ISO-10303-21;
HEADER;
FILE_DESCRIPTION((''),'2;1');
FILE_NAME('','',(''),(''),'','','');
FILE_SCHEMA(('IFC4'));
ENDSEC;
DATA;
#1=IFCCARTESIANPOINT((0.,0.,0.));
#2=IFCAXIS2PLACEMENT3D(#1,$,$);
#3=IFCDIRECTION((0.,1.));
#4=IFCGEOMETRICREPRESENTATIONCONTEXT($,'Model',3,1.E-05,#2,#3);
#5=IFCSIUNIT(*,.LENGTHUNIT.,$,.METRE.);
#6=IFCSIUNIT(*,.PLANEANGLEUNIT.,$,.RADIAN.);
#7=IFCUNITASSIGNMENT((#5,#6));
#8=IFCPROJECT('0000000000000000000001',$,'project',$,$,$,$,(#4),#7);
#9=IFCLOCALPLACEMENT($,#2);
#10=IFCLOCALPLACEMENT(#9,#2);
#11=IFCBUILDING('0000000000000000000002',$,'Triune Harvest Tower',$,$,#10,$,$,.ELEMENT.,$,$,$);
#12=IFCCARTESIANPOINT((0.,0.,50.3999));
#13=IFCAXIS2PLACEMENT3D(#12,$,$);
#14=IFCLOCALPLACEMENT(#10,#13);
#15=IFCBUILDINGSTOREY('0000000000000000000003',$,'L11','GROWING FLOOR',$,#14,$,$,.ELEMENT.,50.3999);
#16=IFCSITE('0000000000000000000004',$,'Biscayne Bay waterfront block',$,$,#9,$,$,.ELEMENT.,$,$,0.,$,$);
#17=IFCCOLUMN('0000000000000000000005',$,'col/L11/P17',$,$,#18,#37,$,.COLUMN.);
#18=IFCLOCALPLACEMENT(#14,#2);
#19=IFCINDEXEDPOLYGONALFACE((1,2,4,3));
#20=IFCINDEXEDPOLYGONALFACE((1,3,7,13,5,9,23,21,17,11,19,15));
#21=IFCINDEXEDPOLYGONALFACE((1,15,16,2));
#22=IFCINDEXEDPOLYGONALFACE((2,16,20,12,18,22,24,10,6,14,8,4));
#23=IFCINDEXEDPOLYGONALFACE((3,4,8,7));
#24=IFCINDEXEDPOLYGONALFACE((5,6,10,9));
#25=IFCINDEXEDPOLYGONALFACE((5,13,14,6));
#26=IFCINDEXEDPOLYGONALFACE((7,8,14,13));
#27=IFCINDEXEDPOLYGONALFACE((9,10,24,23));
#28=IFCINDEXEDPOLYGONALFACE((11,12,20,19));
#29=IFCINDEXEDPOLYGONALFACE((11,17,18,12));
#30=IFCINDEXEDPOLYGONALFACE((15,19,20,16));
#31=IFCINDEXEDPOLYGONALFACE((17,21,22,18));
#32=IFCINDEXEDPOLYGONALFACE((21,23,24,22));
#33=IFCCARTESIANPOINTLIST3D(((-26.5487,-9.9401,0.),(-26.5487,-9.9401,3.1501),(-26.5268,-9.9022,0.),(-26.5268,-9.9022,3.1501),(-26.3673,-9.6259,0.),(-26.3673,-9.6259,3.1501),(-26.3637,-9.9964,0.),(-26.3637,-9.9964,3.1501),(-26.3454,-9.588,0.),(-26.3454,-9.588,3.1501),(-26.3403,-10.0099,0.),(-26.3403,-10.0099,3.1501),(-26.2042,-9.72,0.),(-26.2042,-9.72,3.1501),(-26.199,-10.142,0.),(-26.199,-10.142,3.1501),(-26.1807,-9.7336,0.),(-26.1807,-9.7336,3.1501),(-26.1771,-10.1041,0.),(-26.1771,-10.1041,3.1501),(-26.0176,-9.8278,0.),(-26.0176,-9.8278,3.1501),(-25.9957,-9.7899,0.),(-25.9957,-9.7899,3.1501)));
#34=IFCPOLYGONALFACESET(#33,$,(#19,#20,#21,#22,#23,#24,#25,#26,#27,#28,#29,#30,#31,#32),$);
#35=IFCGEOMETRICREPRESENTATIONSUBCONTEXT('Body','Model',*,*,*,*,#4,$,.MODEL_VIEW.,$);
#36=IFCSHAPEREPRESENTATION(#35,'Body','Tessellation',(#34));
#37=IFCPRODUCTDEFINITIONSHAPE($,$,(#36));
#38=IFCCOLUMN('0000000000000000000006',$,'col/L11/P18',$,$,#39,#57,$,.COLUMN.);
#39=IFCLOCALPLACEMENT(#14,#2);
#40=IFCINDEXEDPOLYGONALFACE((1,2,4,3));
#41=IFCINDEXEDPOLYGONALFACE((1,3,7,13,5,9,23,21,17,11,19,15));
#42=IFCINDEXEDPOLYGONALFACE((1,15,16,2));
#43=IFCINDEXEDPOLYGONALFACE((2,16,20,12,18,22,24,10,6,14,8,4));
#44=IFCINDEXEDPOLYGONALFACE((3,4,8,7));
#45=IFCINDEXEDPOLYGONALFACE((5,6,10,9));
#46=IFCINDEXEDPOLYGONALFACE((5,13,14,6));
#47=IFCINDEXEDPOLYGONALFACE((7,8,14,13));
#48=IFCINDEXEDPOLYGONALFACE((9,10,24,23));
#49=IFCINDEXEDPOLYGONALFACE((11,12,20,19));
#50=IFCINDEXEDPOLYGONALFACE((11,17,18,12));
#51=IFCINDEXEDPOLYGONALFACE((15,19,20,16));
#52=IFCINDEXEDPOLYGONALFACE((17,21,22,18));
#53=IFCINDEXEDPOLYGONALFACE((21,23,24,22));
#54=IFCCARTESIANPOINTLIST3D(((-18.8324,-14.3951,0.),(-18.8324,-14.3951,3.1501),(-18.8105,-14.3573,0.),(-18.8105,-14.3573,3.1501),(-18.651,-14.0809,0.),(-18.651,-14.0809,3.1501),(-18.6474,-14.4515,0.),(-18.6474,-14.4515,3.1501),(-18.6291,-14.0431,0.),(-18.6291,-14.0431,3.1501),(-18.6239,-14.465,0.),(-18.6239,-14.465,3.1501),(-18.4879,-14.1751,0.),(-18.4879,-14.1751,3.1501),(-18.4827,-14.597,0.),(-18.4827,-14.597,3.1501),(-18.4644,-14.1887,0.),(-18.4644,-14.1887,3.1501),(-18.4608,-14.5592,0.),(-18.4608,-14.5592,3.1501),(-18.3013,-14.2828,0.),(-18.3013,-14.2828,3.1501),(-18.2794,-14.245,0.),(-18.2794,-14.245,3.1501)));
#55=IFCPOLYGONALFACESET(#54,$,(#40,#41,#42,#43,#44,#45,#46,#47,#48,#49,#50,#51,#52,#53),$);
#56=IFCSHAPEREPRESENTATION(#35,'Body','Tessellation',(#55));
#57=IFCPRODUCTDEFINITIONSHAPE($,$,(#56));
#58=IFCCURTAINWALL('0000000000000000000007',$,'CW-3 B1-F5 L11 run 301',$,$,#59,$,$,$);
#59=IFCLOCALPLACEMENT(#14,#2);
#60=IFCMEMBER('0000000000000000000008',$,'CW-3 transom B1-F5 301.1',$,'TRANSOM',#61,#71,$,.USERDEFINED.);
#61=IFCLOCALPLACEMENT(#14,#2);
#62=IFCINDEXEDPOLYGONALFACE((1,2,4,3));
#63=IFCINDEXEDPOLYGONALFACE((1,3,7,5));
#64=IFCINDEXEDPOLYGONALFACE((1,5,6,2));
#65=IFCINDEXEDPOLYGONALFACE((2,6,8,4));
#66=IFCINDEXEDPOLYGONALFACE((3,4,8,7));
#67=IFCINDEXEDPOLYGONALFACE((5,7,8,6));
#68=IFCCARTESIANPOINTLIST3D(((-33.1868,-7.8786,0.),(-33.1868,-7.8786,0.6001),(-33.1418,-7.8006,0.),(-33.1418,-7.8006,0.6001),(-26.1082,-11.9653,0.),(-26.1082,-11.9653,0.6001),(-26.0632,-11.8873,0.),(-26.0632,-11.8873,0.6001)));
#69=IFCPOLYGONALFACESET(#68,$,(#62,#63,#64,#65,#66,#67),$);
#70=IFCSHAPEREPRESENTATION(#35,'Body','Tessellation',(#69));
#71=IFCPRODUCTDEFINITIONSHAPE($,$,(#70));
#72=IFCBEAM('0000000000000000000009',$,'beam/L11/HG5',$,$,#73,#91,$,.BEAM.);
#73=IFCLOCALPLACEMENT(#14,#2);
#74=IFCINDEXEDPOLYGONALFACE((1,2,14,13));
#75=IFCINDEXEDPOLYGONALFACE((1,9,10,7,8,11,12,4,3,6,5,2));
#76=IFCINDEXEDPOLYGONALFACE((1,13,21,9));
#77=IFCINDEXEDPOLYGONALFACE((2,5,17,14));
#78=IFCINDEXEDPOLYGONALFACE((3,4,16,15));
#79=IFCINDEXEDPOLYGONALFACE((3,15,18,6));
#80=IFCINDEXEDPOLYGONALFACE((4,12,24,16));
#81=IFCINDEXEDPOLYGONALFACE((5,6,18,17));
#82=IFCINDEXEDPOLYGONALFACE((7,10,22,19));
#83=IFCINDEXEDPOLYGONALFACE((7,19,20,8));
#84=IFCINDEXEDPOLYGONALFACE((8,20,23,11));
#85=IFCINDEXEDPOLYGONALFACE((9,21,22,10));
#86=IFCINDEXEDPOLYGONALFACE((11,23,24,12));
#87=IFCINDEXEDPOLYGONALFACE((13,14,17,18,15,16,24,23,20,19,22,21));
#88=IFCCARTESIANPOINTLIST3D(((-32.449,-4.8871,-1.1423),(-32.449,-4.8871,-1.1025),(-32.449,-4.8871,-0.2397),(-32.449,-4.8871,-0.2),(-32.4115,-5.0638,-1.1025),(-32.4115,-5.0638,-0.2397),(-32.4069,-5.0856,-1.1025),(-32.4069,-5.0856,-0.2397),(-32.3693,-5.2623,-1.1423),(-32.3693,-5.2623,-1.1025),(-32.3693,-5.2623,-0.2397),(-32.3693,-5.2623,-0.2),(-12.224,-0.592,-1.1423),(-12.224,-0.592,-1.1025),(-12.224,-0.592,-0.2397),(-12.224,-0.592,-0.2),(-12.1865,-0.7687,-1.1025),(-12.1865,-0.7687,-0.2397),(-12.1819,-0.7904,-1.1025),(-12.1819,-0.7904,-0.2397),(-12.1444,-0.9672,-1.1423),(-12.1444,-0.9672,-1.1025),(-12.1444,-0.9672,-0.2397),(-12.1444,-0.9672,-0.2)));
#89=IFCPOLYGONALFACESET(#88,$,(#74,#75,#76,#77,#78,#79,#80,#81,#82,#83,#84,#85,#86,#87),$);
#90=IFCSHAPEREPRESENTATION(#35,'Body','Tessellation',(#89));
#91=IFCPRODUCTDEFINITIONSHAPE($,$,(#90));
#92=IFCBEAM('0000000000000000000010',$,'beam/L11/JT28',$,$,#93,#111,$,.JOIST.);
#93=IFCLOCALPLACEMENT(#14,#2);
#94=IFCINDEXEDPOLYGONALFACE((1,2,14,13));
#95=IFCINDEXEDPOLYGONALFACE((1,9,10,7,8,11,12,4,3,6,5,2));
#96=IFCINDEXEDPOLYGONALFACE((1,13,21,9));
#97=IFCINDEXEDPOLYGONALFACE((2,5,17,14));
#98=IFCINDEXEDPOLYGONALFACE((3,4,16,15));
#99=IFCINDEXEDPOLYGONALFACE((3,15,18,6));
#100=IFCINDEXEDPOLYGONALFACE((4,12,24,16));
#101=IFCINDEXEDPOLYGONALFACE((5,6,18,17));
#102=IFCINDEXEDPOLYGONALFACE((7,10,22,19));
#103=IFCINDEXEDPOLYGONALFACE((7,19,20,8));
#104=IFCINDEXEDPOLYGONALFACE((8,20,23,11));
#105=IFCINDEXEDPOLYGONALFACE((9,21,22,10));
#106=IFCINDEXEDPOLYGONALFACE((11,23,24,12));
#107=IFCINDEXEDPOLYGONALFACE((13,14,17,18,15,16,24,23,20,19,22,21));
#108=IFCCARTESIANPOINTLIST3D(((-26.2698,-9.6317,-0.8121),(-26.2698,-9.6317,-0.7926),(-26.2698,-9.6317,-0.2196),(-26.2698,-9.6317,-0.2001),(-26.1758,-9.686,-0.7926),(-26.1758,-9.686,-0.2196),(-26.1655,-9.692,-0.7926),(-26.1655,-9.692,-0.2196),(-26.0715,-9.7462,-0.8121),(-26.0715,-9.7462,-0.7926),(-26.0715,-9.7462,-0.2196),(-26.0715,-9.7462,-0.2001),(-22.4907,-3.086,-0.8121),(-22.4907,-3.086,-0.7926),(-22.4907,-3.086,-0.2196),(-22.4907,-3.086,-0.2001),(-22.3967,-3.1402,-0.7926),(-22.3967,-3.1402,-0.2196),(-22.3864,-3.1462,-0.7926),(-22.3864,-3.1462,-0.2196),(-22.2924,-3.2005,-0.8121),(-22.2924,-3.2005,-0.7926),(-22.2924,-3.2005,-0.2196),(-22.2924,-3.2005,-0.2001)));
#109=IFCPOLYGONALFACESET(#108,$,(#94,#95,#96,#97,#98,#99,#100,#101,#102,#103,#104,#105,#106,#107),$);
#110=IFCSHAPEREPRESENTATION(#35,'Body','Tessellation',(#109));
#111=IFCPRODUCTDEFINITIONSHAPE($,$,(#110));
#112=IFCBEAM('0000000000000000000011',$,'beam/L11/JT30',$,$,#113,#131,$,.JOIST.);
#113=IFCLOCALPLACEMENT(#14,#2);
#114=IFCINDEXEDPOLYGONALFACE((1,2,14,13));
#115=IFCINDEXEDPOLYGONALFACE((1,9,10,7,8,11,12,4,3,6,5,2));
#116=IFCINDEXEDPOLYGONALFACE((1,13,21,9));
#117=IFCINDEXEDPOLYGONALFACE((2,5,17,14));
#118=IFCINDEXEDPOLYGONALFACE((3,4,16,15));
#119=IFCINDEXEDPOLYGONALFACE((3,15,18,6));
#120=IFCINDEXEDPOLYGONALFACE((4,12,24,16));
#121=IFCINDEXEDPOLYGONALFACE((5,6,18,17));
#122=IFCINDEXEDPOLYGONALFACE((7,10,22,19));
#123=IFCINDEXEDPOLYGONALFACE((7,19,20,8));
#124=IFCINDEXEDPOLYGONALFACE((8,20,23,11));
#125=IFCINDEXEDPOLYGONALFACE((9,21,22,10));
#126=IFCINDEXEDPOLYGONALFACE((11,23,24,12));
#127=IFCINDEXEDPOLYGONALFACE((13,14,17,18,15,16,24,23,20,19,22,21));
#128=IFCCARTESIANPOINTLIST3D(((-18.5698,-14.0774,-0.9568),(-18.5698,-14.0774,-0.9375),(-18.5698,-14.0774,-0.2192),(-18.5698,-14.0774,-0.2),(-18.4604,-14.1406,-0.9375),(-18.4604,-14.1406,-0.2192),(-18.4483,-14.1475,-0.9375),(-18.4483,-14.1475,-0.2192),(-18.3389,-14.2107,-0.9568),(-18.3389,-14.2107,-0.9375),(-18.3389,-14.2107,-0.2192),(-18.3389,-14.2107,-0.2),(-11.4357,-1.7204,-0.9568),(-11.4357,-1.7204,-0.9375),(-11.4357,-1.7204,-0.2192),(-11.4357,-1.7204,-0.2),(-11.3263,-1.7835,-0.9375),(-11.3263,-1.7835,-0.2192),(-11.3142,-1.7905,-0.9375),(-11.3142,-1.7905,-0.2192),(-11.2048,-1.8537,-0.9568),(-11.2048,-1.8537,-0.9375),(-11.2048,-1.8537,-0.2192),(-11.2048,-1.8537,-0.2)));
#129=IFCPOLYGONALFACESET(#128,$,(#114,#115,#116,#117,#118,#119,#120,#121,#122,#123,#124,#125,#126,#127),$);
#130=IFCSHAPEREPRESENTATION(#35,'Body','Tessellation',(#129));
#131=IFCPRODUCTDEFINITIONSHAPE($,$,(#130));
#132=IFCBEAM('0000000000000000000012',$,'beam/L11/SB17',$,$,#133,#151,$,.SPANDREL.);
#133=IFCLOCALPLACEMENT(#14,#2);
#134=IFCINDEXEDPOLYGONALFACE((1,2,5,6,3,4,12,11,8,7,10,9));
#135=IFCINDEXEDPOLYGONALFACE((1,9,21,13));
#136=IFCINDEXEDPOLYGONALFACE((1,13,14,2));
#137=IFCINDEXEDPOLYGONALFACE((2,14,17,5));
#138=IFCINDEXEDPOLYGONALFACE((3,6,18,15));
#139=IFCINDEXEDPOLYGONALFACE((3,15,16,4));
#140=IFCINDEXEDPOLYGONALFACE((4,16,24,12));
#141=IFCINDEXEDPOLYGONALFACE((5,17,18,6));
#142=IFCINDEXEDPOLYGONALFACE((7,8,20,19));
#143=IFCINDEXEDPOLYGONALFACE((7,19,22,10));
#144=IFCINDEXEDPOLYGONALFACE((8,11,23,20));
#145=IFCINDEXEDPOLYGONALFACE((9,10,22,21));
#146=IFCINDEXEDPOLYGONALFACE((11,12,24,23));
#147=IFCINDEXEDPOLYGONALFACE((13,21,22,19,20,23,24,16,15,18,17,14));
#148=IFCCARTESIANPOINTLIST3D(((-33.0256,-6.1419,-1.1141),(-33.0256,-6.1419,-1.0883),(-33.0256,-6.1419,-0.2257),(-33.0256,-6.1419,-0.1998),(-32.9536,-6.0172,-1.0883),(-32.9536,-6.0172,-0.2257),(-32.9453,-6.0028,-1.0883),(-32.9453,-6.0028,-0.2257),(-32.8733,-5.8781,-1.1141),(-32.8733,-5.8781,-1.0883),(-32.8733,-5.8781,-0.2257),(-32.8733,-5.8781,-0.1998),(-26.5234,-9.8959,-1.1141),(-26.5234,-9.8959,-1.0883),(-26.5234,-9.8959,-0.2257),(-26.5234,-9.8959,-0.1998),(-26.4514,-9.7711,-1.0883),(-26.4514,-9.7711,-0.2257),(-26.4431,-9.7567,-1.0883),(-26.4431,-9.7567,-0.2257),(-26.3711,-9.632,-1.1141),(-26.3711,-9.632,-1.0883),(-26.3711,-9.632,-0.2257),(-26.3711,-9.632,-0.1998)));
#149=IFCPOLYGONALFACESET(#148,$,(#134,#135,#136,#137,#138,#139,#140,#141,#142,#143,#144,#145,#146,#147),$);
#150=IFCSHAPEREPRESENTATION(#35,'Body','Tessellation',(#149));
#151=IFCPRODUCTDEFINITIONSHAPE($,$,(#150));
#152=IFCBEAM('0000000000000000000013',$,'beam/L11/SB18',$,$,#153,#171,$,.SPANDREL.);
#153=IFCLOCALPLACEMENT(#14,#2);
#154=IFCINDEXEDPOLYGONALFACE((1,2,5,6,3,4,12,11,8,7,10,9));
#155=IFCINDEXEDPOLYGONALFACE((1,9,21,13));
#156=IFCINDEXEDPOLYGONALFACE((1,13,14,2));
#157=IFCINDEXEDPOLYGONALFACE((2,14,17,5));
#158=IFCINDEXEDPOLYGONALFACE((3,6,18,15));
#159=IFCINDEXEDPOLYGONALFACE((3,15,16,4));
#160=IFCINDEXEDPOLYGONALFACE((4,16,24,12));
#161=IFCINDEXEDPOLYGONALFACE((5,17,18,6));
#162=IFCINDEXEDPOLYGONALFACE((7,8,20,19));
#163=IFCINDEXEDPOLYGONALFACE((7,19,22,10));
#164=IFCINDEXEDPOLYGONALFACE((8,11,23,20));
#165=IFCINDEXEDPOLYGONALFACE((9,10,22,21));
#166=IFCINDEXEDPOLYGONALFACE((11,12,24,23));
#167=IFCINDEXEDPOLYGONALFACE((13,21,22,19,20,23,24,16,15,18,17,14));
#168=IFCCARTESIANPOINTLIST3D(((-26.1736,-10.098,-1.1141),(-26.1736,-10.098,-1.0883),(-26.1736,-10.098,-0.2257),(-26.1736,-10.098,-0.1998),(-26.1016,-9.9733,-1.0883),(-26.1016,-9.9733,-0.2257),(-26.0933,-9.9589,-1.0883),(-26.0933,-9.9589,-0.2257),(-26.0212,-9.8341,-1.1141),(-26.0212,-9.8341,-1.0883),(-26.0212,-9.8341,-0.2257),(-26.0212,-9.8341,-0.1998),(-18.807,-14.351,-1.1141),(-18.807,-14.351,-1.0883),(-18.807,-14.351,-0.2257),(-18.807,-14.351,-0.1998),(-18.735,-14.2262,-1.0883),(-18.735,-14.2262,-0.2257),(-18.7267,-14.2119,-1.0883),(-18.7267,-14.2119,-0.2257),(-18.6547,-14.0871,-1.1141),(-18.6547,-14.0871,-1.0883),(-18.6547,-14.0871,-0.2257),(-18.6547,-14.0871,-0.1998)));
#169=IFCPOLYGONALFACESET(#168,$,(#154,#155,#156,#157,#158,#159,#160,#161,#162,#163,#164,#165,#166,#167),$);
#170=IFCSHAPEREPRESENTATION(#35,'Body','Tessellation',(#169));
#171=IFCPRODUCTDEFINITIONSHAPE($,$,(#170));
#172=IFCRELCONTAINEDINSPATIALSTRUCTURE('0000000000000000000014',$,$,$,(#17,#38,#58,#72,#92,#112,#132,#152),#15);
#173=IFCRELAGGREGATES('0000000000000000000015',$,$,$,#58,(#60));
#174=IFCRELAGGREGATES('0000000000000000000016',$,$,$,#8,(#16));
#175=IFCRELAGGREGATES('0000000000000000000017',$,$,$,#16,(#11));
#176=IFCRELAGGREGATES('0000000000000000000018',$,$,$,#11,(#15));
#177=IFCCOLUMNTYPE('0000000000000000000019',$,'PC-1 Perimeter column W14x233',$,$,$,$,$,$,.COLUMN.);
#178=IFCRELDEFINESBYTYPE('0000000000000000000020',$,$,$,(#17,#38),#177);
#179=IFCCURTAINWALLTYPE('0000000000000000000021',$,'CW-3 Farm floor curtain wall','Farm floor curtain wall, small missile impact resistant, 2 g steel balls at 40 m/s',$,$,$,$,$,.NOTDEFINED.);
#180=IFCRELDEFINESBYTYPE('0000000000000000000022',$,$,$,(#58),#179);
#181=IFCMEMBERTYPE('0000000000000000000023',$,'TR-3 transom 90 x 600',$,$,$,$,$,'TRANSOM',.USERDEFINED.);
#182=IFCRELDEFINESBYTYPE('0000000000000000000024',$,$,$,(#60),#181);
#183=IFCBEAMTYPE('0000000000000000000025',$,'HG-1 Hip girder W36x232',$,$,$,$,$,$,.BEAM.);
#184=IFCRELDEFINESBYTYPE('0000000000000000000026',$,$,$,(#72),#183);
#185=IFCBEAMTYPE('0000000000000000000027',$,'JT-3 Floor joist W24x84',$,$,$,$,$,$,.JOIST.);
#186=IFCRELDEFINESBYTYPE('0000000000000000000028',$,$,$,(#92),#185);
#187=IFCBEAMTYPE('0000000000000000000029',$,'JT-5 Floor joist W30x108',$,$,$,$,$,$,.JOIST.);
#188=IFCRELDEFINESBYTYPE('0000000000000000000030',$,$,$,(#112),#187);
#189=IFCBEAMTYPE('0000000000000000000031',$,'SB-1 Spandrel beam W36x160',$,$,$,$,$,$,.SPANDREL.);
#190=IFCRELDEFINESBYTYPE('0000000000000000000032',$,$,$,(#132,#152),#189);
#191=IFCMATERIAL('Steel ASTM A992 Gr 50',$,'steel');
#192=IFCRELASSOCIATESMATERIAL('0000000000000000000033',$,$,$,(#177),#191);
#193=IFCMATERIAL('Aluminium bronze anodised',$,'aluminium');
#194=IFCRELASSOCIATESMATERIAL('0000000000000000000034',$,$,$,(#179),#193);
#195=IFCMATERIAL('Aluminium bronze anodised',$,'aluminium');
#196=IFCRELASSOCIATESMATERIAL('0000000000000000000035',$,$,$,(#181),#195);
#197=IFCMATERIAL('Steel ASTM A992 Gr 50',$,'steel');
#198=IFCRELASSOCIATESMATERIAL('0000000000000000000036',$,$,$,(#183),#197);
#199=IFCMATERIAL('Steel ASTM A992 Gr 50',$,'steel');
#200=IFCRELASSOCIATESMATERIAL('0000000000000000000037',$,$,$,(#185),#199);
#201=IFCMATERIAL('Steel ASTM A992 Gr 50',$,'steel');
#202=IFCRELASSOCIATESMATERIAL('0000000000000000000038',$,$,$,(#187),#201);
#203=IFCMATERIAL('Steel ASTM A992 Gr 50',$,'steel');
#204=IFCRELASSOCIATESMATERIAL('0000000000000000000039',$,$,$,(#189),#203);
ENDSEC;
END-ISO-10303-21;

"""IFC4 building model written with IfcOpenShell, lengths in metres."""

from ifc_helpers import new_model, si_unit, direction, frame, origin, origin_2d, place, context, subcontext, project, spatial, rectangle, i_section, extrude, source, transform, mapped, material, material_profile, profile_set, type_object, element, aggregate, save


model = new_model("IFC4")

# Units and contexts
model_context = context("Model", 3, precision=1e-05, world=origin(), true_north=direction((0.0, 1.0)))
body_context = subcontext(model_context, "Body", "Model", "MODEL_VIEW")
ifc_project = project(units=[si_unit("LENGTHUNIT", "METRE"), si_unit("PLANEANGLEUNIT", "RADIAN")], contexts=[model_context])

# Site, building, storey
site_placement = place(None, origin())
site = spatial("IfcSite", under=ifc_project, at=site_placement, Name="Biscayne Bay waterfront block", CompositionType="ELEMENT", RefElevation=0.0)
building_placement = place(site_placement, origin())
building = spatial("IfcBuilding", under=site, at=building_placement, Name="Triune Harvest Tower", CompositionType="ELEMENT")
storey_placement = place(building_placement, frame((0.0, 0.0, 50.3999)))
storey = spatial("IfcBuildingStorey", under=building, at=storey_placement, Name="L11", Description="GROWING FLOOR", CompositionType="ELEMENT", Elevation=50.3999)

# Columns
ifc_material_1 = material(Name="Steel ASTM A992 Gr 50", Category="steel")
ifc_material_profile_1 = material_profile(ifc_material_1, i_section(OverallWidth=0.4038, OverallDepth=0.4065, WebThickness=0.0271, FlangeThickness=0.0437, at=origin_2d()), Name="W14x233")
ifc_profile_set_1 = profile_set([ifc_material_profile_1], Name="Steel ASTM A992 Gr 50")
column_type = type_object("IfcColumnType", Name="PC-1 Perimeter column W14x233", PredefinedType="COLUMN", material=ifc_profile_set_1)
shared_shape_1 = source(origin(), body_context, "Body", "SweptSolid", [
    extrude(i_section(OverallWidth=0.4038, OverallDepth=0.4065, WebThickness=0.0271, FlangeThickness=0.0437, at=origin_2d()), origin(), (0.0, 0.0, 1.0), 3.1501),
])
for number, where, z_axis, x_axis, name in (
    (1, (-26.2722, -9.865, 0.0), (0.0, 0.0, 1.0), (0.866025, -0.5, 0.0), "col/L11/P17"),
    (2, (-18.5559, -14.3201, 0.0), (0.0, 0.0, 1.0), (0.866025, -0.5, 0.0), "col/L11/P18"),
):
    element("IfcColumn", number, at=place(storey_placement, frame(where, z_axis=z_axis, x_axis=x_axis)), inside=storey, type_object=column_type, Name=name, PredefinedType="COLUMN", context=body_context, shape_type="MappedRepresentation", body=[
        mapped(shared_shape_1, transform((0.0, 0.0, 0.0), scale=1.0)),
    ])

# Curtain wall, member
ifc_material_2 = material(Name="Aluminium bronze anodised", Category="aluminium")
curtain_wall_type = type_object("IfcCurtainWallType", Name="CW-3 Farm floor curtain wall", Description="Farm floor curtain wall, small missile impact resistant, 2 g steel balls at 40 m/s", PredefinedType="NOTDEFINED", material=ifc_material_2)
curtain_wall_placement = place(storey_placement, origin())
curtain_wall = element("IfcCurtainWall", 3, at=curtain_wall_placement, inside=storey, type_object=curtain_wall_type, Name="CW-3 B1-F5 L11 run 301")
ifc_material_3 = material(Name="Aluminium bronze anodised", Category="aluminium")
ifc_material_profile_2 = material_profile(ifc_material_3, rectangle(XDim=0.0901, YDim=0.6001, at=origin_2d()), Name="TR-3 transom 90 x 600")
ifc_profile_set_2 = profile_set([ifc_material_profile_2], Name="Aluminium bronze anodised")
member_type_1 = type_object("IfcMemberType", Name="TR-3 transom 90 x 600", ElementType="TRANSOM", PredefinedType="USERDEFINED", material=ifc_profile_set_2)
member_1_placement = place(storey_placement, frame((-33.1643, -7.8396, 0.3), z_axis=(0.866034, -0.499984, 0.0), x_axis=(0.499984, 0.866034, 0.0)))
member_1 = element("IfcMember", 4, at=member_1_placement, type_object=member_type_1, Name="CW-3 transom B1-F5 301.1", ObjectType="TRANSOM", PredefinedType="USERDEFINED", context=body_context, shape_type="SweptSolid", body=[
    extrude(rectangle(XDim=0.0901, YDim=0.6001, at=origin_2d()), origin(), (0.0, 0.0, 1.0), 8.1736),
])

# Beams
ifc_material_4 = material(Name="Steel ASTM A992 Gr 50", Category="steel")
ifc_material_profile_3 = material_profile(ifc_material_4, i_section(OverallWidth=0.3835, OverallDepth=0.9424, WebThickness=0.0222, FlangeThickness=0.0398, at=origin_2d()), Name="W36x232")
ifc_profile_set_3 = profile_set([ifc_material_profile_3], Name="Steel ASTM A992 Gr 50")
beam_type_1 = type_object("IfcBeamType", Name="HG-1 Hip girder W36x232", PredefinedType="BEAM", material=ifc_profile_set_3)
shared_shape_2 = source(origin(), body_context, "Body", "SweptSolid", [
    extrude(i_section(OverallWidth=0.3835, OverallDepth=0.9424, WebThickness=0.0222, FlangeThickness=0.0398, at=origin_2d()), origin(), (0.0, 0.0, 1.0), 20.676),
])
beam_1_placement = place(storey_placement, frame((-32.4092, -5.0747, -0.6711), z_axis=(0.978185, 0.207735, 0.0), x_axis=(-0.207735, 0.978185, 0.0)))
element("IfcBeam", 5, at=beam_1_placement, inside=storey, type_object=beam_type_1, Name="beam/L11/HG5", PredefinedType="BEAM", context=body_context, shape_type="MappedRepresentation", body=[
    mapped(shared_shape_2, transform((0.0, 0.0, 0.0), scale=1.0)),
])
ifc_material_5 = material(Name="Steel ASTM A992 Gr 50", Category="steel")
ifc_material_profile_4 = material_profile(ifc_material_5, i_section(OverallWidth=0.229, OverallDepth=0.6121, WebThickness=0.012, FlangeThickness=0.0195, at=origin_2d()), Name="W24x84")
ifc_profile_set_4 = profile_set([ifc_material_profile_4], Name="Steel ASTM A992 Gr 50")
beam_type_2 = type_object("IfcBeamType", Name="JT-3 Floor joist W24x84", PredefinedType="JOIST", material=ifc_profile_set_4)
shared_shape_3 = source(origin(), body_context, "Body", "SweptSolid", [
    extrude(i_section(OverallWidth=0.229, OverallDepth=0.6121, WebThickness=0.012, FlangeThickness=0.0195, at=origin_2d()), origin(), (0.0, 0.0, 1.0), 7.5583),
])
beam_2_placement = place(storey_placement, frame((-26.1707, -9.689, -0.5061), z_axis=(0.499992, 0.86603, 0.0), x_axis=(-0.86603, 0.499992, 0.0)))
element("IfcBeam", 6, at=beam_2_placement, inside=storey, type_object=beam_type_2, Name="beam/L11/JT28", PredefinedType="JOIST", context=body_context, shape_type="MappedRepresentation", body=[
    mapped(shared_shape_3, transform((0.0, 0.0, 0.0), scale=1.0)),
])
ifc_material_6 = material(Name="Steel ASTM A992 Gr 50", Category="steel")
ifc_material_profile_5 = material_profile(ifc_material_6, i_section(OverallWidth=0.2666, OverallDepth=0.7568, WebThickness=0.0139, FlangeThickness=0.0193, at=origin_2d()), Name="W30x108")
ifc_profile_set_5 = profile_set([ifc_material_profile_5], Name="Steel ASTM A992 Gr 50")
beam_type_3 = type_object("IfcBeamType", Name="JT-5 Floor joist W30x108", PredefinedType="JOIST", material=ifc_profile_set_5)
shared_shape_4 = source(origin(), body_context, "Body", "SweptSolid", [
    extrude(i_section(OverallWidth=0.2666, OverallDepth=0.7568, WebThickness=0.0139, FlangeThickness=0.0193, at=origin_2d()), origin(), (0.0, 0.0, 1.0), 14.2686),
])
beam_3_placement = place(storey_placement, frame((-18.4543, -14.144, -0.5784), z_axis=(0.499987, 0.866033, 0.0), x_axis=(-0.866033, 0.499987, 0.0)))
element("IfcBeam", 7, at=beam_3_placement, inside=storey, type_object=beam_type_3, Name="beam/L11/JT30", PredefinedType="JOIST", context=body_context, shape_type="MappedRepresentation", body=[
    mapped(shared_shape_4, transform((0.0, 0.0, 0.0), scale=1.0)),
])
ifc_material_7 = material(Name="Steel ASTM A992 Gr 50", Category="steel")
ifc_material_profile_6 = material_profile(ifc_material_7, i_section(OverallWidth=0.3047, OverallDepth=0.9143, WebThickness=0.0166, FlangeThickness=0.0259, at=origin_2d()), Name="W36x160")
ifc_profile_set_6 = profile_set([ifc_material_profile_6], Name="Steel ASTM A992 Gr 50")
beam_type_4 = type_object("IfcBeamType", Name="SB-1 Spandrel beam W36x160", PredefinedType="SPANDREL", material=ifc_profile_set_6)
shared_shape_5 = source(origin(), body_context, "Body", "SweptSolid", [
    extrude(i_section(OverallWidth=0.3047, OverallDepth=0.9143, WebThickness=0.0166, FlangeThickness=0.0259, at=origin_2d()), origin(), (0.0, 0.0, 1.0), 7.5081),
])
beam_4_placement = place(storey_placement, frame((-32.9495, -6.01, -0.657), z_axis=(0.866033, -0.499986, 0.0), x_axis=(0.499986, 0.866033, 0.0)))
element("IfcBeam", 8, at=beam_4_placement, inside=storey, type_object=beam_type_4, Name="beam/L11/SB17", PredefinedType="SPANDREL", context=body_context, shape_type="MappedRepresentation", body=[
    mapped(shared_shape_5, transform((0.0, 0.0, 0.0), scale=1.0)),
])
shared_shape_6 = source(origin(), body_context, "Body", "SweptSolid", [
    extrude(i_section(OverallWidth=0.3047, OverallDepth=0.9143, WebThickness=0.0166, FlangeThickness=0.0259, at=origin_2d()), origin(), (0.0, 0.0, 1.0), 8.5061),
])
for number, where, z_axis, x_axis, name in (
    (9, (-26.0974, -9.9661, -0.657), (0.86603, -0.499992, 0.0), (0.499992, 0.86603, 0.0), "beam/L11/SB18"),
):
    element("IfcBeam", number, at=place(storey_placement, frame(where, z_axis=z_axis, x_axis=x_axis)), inside=storey, type_object=beam_type_4, Name=name, PredefinedType="SPANDREL", context=body_context, shape_type="MappedRepresentation", body=[
        mapped(shared_shape_6, transform((0.0, 0.0, 0.0), scale=1.0)),
    ])

aggregate(curtain_wall, [member_1])

save(model, "model.ifc")
